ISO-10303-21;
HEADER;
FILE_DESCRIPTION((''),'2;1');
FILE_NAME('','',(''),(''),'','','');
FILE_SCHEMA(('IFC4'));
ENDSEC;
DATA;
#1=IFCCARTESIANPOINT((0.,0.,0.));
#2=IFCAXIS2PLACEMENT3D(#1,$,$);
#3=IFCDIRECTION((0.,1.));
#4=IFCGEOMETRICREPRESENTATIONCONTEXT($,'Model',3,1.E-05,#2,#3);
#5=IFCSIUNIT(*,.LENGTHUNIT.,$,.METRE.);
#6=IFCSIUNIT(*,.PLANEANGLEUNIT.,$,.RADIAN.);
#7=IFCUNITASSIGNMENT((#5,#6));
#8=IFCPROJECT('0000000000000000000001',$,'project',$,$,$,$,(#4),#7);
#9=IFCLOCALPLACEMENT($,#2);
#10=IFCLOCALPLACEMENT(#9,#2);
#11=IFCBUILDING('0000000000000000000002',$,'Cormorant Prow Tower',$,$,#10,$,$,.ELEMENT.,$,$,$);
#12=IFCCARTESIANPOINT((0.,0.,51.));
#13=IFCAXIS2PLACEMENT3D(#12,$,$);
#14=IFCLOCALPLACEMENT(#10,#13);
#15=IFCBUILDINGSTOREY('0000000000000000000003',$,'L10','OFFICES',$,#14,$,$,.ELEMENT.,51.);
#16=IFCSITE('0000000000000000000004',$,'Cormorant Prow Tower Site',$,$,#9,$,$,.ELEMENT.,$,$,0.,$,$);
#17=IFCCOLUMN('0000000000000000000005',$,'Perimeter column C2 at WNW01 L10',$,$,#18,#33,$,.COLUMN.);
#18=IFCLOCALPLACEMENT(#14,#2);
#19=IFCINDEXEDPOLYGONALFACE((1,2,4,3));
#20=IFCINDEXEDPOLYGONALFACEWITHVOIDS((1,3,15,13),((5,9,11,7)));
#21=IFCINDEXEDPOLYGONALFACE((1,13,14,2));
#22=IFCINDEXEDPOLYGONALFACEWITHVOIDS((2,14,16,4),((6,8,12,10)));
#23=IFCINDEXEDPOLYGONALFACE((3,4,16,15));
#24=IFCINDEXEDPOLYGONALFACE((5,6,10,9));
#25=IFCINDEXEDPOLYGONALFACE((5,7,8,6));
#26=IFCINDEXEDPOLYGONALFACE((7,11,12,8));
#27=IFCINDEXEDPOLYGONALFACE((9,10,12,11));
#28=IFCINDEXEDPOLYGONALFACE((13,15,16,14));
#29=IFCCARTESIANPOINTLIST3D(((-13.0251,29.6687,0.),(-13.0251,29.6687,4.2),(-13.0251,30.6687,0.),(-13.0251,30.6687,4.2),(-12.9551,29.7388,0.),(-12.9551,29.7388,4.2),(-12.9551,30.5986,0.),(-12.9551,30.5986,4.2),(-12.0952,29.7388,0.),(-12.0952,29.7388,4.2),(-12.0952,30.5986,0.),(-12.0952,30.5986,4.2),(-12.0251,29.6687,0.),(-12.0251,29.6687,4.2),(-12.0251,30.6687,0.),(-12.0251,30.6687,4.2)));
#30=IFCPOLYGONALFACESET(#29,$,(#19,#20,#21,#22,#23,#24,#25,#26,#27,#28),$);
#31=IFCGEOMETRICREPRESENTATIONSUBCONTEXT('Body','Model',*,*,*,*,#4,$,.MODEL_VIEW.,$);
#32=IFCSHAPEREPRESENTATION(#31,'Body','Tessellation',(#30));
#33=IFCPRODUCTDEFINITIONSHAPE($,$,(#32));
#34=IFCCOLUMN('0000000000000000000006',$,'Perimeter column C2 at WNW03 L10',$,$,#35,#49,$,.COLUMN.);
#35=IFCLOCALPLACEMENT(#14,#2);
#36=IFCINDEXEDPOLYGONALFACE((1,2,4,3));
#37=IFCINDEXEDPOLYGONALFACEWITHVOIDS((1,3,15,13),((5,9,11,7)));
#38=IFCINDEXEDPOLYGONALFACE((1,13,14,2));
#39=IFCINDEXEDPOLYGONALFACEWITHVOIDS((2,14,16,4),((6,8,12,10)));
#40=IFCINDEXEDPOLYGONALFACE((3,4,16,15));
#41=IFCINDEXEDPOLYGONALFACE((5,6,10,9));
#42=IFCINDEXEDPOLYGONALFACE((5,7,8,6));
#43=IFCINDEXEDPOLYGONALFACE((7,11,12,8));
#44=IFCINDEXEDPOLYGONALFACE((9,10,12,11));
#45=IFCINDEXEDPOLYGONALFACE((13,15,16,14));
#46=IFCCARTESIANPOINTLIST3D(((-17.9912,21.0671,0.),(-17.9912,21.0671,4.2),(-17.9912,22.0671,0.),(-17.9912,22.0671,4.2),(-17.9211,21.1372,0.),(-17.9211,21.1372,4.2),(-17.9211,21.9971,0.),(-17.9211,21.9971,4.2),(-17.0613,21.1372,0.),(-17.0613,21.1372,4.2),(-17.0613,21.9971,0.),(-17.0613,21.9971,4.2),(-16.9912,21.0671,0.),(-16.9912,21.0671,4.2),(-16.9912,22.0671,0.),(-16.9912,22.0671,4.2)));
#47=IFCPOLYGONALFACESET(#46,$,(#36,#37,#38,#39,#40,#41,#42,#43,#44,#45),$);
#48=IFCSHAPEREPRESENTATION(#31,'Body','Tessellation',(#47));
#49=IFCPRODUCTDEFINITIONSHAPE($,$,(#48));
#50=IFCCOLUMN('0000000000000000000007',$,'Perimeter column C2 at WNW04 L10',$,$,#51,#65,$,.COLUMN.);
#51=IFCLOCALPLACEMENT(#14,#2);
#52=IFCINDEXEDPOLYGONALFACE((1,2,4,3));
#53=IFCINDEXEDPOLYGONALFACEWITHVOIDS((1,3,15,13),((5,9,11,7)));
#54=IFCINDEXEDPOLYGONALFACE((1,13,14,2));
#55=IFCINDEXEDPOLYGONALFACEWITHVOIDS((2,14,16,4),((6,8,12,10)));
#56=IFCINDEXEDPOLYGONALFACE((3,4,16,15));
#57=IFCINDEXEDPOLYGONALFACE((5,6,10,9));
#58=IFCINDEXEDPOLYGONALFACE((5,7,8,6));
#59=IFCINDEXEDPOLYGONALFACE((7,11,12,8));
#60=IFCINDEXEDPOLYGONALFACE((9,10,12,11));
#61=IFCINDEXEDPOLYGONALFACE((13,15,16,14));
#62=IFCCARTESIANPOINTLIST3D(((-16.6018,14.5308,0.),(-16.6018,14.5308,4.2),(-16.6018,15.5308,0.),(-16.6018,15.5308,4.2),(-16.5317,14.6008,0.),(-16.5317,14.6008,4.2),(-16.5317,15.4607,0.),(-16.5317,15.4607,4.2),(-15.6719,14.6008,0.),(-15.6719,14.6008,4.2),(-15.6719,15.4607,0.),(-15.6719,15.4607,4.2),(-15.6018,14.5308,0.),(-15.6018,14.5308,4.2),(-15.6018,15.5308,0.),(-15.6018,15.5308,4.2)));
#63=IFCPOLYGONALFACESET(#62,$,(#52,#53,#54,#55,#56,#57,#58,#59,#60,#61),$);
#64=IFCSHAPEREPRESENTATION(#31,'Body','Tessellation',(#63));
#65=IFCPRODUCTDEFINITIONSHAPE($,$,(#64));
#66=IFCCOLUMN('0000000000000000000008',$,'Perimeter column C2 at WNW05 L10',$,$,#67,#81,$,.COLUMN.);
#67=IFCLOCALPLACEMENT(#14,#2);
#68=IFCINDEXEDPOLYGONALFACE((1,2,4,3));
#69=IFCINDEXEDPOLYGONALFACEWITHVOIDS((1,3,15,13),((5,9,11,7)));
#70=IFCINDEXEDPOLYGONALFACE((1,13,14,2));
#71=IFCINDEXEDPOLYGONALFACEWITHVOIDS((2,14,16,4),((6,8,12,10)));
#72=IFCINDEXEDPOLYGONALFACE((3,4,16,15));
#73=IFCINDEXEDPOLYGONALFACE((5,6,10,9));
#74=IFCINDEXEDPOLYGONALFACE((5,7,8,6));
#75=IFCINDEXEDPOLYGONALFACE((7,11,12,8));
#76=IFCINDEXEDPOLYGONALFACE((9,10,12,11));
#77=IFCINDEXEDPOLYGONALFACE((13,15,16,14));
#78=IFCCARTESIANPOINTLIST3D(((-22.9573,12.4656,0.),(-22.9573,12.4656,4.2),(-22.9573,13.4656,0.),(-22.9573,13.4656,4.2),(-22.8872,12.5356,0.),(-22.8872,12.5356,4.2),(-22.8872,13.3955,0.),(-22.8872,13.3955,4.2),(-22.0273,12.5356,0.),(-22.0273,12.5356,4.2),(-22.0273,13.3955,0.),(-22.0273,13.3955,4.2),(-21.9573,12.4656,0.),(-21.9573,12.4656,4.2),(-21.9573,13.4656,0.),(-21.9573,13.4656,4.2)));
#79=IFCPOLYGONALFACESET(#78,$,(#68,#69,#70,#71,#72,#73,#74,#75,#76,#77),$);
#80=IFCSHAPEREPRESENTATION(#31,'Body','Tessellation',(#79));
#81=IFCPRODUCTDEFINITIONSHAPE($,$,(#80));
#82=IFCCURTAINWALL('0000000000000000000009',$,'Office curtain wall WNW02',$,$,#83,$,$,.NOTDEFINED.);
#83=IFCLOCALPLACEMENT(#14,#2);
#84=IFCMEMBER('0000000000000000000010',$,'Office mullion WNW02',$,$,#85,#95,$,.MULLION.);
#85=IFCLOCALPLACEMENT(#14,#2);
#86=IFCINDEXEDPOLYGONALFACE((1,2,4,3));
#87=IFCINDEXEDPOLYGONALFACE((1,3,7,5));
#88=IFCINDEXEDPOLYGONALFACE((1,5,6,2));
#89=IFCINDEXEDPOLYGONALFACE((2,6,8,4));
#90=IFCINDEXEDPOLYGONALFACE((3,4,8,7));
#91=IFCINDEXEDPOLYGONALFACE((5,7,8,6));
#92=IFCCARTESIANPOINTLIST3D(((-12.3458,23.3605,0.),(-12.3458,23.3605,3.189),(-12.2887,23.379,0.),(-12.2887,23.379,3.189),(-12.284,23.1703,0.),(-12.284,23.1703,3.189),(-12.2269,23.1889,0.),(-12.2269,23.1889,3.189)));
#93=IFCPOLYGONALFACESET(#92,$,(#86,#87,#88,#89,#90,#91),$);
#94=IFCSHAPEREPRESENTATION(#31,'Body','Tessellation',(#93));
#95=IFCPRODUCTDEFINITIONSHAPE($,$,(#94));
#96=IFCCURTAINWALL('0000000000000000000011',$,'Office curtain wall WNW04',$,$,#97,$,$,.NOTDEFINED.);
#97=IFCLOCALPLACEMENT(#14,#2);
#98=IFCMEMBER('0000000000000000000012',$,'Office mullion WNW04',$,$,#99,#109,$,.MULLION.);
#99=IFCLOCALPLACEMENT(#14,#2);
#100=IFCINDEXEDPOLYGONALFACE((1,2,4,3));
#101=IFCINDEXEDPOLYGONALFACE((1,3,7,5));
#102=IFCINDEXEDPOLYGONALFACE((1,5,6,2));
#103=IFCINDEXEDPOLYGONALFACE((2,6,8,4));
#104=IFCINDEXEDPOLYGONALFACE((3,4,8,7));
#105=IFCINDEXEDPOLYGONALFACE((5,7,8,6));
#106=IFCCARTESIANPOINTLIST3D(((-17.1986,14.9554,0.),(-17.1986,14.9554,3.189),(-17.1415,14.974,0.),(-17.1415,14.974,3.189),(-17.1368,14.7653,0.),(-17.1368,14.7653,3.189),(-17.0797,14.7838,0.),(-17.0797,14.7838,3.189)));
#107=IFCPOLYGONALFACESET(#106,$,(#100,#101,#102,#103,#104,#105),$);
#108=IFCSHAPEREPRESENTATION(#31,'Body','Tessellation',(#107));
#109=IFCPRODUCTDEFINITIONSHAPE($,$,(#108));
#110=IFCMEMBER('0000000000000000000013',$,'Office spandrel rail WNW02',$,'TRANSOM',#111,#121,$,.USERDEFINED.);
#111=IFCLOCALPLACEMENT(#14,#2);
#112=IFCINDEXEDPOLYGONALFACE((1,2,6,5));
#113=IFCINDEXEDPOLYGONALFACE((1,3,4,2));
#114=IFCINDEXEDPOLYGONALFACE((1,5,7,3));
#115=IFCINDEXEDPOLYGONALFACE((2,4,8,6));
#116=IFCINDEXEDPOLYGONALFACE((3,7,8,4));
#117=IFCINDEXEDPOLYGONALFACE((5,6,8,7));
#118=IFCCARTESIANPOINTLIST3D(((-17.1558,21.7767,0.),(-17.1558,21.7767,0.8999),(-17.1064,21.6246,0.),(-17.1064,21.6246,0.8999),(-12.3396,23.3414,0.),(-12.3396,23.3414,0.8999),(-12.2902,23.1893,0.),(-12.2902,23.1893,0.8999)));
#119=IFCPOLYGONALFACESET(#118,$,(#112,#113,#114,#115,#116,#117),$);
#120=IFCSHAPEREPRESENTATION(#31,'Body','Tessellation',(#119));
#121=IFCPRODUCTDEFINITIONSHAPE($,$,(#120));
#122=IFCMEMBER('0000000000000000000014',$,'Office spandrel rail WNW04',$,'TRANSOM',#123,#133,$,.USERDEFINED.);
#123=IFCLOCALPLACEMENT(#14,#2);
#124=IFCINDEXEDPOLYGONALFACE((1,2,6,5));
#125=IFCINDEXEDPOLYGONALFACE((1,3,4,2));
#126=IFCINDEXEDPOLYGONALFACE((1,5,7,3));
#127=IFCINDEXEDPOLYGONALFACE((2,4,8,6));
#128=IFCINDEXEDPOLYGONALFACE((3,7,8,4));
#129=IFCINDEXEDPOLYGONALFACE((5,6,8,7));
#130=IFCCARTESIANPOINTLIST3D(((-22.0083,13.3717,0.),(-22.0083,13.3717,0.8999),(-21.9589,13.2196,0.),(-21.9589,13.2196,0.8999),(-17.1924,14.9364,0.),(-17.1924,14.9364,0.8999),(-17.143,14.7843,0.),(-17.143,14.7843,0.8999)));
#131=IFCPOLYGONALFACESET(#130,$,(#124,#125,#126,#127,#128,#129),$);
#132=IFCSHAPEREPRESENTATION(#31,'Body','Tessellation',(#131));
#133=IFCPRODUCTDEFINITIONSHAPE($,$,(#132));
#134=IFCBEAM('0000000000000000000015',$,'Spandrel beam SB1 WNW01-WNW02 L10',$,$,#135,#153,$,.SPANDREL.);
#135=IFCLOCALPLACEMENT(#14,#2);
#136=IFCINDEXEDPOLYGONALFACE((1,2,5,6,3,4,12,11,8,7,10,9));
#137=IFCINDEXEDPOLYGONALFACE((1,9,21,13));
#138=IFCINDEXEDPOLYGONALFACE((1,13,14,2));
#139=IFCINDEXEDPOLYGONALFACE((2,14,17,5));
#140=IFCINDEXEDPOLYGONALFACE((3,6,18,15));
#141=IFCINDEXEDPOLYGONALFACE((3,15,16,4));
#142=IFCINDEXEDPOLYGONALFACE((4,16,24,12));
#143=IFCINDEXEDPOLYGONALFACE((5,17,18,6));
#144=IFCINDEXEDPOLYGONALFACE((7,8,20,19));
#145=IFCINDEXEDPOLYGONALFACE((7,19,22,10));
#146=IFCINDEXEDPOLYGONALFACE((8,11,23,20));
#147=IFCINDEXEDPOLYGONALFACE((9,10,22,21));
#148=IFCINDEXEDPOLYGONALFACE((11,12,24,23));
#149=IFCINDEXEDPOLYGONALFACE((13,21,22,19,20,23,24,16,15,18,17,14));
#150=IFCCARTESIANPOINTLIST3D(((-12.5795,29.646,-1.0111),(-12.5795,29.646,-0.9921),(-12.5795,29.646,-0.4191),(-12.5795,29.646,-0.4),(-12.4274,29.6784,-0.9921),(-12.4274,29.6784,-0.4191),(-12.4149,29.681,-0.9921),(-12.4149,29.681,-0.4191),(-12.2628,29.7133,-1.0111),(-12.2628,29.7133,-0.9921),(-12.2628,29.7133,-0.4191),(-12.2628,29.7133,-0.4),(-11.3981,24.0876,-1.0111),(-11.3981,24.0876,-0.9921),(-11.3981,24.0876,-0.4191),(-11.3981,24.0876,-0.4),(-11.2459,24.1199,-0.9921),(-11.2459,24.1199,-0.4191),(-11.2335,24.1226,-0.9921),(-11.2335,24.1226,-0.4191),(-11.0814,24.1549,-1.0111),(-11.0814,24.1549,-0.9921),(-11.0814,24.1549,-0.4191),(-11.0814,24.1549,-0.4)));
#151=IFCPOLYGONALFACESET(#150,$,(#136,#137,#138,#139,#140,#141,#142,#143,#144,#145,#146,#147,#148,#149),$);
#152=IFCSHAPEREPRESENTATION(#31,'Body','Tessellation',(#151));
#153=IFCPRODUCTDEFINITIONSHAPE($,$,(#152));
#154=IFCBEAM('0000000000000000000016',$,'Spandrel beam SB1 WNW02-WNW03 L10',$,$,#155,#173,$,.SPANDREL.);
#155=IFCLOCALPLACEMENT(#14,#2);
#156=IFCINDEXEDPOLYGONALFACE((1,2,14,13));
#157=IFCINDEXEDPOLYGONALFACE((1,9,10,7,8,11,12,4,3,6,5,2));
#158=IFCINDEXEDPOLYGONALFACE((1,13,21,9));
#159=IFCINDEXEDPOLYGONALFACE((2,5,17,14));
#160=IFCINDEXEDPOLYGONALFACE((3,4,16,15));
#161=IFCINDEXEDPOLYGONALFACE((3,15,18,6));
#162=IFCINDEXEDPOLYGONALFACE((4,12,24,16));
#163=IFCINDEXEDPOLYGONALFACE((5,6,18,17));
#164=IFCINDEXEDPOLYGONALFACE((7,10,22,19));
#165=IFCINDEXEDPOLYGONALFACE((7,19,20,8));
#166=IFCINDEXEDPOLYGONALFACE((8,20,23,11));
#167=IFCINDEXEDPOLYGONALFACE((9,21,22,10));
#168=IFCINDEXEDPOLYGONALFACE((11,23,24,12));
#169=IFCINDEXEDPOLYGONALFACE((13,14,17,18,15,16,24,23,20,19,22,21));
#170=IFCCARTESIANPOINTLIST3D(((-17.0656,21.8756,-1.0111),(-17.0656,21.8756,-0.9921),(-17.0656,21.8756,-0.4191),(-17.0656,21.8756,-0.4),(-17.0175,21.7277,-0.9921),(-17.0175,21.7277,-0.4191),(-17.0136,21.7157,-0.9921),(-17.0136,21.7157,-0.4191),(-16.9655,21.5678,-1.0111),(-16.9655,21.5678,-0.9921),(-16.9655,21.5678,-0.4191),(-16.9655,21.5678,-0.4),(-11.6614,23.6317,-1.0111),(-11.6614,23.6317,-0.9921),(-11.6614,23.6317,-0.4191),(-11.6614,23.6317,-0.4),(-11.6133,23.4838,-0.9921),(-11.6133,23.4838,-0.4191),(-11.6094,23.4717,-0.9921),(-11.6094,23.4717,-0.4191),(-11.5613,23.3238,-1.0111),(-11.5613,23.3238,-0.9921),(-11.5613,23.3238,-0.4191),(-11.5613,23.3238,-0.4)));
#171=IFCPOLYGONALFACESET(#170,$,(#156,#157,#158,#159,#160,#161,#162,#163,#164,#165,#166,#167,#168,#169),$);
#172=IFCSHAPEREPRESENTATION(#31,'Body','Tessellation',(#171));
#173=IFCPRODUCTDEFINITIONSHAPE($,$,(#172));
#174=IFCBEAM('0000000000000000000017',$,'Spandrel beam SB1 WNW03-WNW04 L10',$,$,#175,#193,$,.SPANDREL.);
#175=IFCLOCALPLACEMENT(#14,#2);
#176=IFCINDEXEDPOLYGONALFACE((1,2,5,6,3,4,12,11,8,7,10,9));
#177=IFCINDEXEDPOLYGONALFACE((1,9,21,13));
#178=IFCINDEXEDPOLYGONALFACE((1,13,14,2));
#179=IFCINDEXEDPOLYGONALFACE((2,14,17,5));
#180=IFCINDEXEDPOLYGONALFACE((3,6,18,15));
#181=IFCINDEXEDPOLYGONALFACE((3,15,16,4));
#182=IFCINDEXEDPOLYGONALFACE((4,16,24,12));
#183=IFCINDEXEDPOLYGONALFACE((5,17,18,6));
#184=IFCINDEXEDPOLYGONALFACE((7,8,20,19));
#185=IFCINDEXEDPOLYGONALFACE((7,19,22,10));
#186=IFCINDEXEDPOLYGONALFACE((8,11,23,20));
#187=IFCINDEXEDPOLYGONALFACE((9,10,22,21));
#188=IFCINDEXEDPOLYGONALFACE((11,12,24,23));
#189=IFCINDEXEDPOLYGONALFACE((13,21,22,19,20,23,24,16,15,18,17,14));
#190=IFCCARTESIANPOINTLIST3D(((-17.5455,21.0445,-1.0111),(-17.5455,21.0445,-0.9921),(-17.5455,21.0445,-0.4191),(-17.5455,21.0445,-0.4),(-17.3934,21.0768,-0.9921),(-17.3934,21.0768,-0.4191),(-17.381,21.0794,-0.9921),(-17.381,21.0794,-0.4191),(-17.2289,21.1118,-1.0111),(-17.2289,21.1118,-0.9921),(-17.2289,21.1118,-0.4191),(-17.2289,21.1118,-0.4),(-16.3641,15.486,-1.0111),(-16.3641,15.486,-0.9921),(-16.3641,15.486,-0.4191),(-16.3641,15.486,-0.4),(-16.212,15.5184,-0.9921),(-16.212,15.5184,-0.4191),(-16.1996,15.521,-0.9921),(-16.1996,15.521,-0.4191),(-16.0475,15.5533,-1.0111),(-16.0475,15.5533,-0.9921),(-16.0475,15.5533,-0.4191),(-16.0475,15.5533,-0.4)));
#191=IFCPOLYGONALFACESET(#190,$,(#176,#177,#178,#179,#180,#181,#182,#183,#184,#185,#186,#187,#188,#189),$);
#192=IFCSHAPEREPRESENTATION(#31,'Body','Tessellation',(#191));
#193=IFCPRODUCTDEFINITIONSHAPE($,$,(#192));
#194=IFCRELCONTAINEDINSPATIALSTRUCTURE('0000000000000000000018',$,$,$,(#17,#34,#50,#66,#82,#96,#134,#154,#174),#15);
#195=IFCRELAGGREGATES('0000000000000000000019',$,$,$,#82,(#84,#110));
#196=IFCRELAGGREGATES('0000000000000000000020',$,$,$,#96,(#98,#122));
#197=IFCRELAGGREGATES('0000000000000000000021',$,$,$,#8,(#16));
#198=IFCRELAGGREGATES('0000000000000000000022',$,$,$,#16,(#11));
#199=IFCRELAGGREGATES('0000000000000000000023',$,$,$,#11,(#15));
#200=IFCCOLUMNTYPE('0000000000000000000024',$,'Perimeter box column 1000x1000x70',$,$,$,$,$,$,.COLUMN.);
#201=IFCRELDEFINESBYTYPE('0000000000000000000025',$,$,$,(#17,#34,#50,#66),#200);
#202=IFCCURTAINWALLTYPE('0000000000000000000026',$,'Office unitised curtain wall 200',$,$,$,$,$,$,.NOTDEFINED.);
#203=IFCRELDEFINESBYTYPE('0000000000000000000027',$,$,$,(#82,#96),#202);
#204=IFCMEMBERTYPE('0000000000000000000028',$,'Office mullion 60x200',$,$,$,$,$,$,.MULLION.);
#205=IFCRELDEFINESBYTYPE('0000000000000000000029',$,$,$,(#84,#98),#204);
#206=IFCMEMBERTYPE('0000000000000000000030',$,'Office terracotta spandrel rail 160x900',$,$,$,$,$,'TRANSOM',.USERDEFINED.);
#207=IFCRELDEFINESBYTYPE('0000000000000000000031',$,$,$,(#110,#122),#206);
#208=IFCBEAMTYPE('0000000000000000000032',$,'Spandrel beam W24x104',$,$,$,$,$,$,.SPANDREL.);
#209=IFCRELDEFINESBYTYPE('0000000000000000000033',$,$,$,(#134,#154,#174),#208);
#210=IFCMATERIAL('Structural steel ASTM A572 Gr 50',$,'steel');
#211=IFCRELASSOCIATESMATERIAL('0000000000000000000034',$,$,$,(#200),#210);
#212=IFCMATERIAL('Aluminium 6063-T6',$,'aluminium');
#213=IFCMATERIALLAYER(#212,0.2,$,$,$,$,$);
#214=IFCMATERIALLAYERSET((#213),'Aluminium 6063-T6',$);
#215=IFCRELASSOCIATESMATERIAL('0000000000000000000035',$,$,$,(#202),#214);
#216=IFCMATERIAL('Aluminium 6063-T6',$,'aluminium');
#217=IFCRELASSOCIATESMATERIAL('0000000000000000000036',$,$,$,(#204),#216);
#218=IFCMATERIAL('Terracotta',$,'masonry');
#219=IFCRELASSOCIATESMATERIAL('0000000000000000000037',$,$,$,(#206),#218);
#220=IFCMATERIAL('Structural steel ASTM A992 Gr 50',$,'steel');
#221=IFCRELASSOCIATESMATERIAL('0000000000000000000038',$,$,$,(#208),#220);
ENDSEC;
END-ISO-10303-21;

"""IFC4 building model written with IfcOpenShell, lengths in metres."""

from ifc_helpers import new_model, si_unit, direction, frame, origin, origin_2d, place, context, subcontext, project, spatial, rectangle, hollow_rectangle, i_section, extrude, material, layer, layer_set, material_profile, profile_set, type_object, element, aggregate, save


model = new_model("IFC4")

# Units and contexts
model_context = context("Model", 3, precision=1e-05, world=origin(), true_north=direction((0.0, 1.0)))
body_context = subcontext(model_context, "Body", "Model", "MODEL_VIEW")
ifc_project = project(units=[si_unit("LENGTHUNIT", "METRE"), si_unit("PLANEANGLEUNIT", "RADIAN")], contexts=[model_context])

# Site, building, storey
site_placement = place(None, origin())
site = spatial("IfcSite", under=ifc_project, at=site_placement, Name="Cormorant Prow Tower Site", CompositionType="ELEMENT", RefElevation=0.0)
building_placement = place(site_placement, origin())
building = spatial("IfcBuilding", under=site, at=building_placement, Name="Cormorant Prow Tower", CompositionType="ELEMENT")
storey_placement = place(building_placement, frame((0.0, 0.0, 51.0)))
storey = spatial("IfcBuildingStorey", under=building, at=storey_placement, Name="L10", Description="OFFICES", CompositionType="ELEMENT", Elevation=51.0)

# Columns
ifc_material_1 = material(Name="Structural steel ASTM A572 Gr 50", Category="steel")
ifc_material_profile_1 = material_profile(ifc_material_1, hollow_rectangle(XDim=1.0, YDim=1.0, WallThickness=0.0701, at=origin_2d()), Name="Box 1000x1000x70")
ifc_profile_set_1 = profile_set([ifc_material_profile_1], Name="Structural steel ASTM A572 Gr 50")
column_type = type_object("IfcColumnType", Name="Perimeter box column 1000x1000x70", PredefinedType="COLUMN", material=ifc_profile_set_1)
for number, where, z_axis, x_axis, name in (
    (1, (-12.5251, 30.1687, 0.0), (0.0, 0.0, 1.0), (1.0, 0.0, 0.0), "Perimeter column C2 at WNW01 L10"),
    (2, (-17.4912, 21.5671, 0.0), (0.0, 0.0, 1.0), (1.0, 0.0, 0.0), "Perimeter column C2 at WNW03 L10"),
    (3, (-16.1018, 15.0308, 0.0), (0.0, 0.0, 1.0), (1.0, 0.0, 0.0), "Perimeter column C2 at WNW04 L10"),
    (4, (-22.4573, 12.9656, 0.0), (0.0, 0.0, 1.0), (1.0, 0.0, 0.0), "Perimeter column C2 at WNW05 L10"),
):
    element("IfcColumn", number, at=place(storey_placement, frame(where, z_axis=z_axis, x_axis=x_axis)), inside=storey, type_object=column_type, Name=name, PredefinedType="COLUMN", context=body_context, shape_type="SweptSolid", body=[
        extrude(hollow_rectangle(XDim=1.0, YDim=1.0, WallThickness=0.0701, at=origin_2d()), origin(), (0.0, 0.0, 1.0), 4.2),
    ])

# Curtain walls, members
ifc_material_2 = material(Name="Aluminium 6063-T6", Category="aluminium")
ifc_layer_1 = layer(ifc_material_2, 0.2)
ifc_layer_set_1 = layer_set([ifc_layer_1], Name="Aluminium 6063-T6")
curtain_wall_type = type_object("IfcCurtainWallType", Name="Office unitised curtain wall 200", PredefinedType="NOTDEFINED", material=ifc_layer_set_1)
curtain_wall_1_placement = place(storey_placement, origin())
curtain_wall_1 = element("IfcCurtainWall", 5, at=curtain_wall_1_placement, inside=storey, type_object=curtain_wall_type, Name="Office curtain wall WNW02", PredefinedType="NOTDEFINED")
ifc_material_3 = material(Name="Aluminium 6063-T6", Category="aluminium")
ifc_material_profile_2 = material_profile(ifc_material_3, rectangle(XDim=0.2, YDim=0.0601, at=origin_2d()), Name="Office mullion 60x200")
ifc_profile_set_2 = profile_set([ifc_material_profile_2], Name="Aluminium 6063-T6")
member_type_1 = type_object("IfcMemberType", Name="Office mullion 60x200", PredefinedType="MULLION", material=ifc_profile_set_2)
member_1_placement = place(storey_placement, frame((-12.2864, 23.2747, 0.0), z_axis=(0.0, 0.0, 1.0), x_axis=(0.309017, -0.951057, 0.0)))
member_1 = element("IfcMember", 6, at=member_1_placement, type_object=member_type_1, Name="Office mullion WNW02", PredefinedType="MULLION", context=body_context, shape_type="SweptSolid", body=[
    extrude(rectangle(XDim=0.2, YDim=0.0601, at=origin_2d()), origin(), (0.0, 0.0, 1.0), 3.189),
])
curtain_wall_2_placement = place(storey_placement, origin())
curtain_wall_2 = element("IfcCurtainWall", 7, at=curtain_wall_2_placement, inside=storey, type_object=curtain_wall_type, Name="Office curtain wall WNW04", PredefinedType="NOTDEFINED")
member_2_placement = place(storey_placement, frame((-17.1392, 14.8696, 0.0), z_axis=(0.0, 0.0, 1.0), x_axis=(0.309017, -0.951057, 0.0)))
member_2 = element("IfcMember", 8, at=member_2_placement, type_object=member_type_1, Name="Office mullion WNW04", PredefinedType="MULLION", context=body_context, shape_type="SweptSolid", body=[
    extrude(rectangle(XDim=0.2, YDim=0.0601, at=origin_2d()), origin(), (0.0, 0.0, 1.0), 3.189),
])

# Members
ifc_material_4 = material(Name="Terracotta", Category="masonry")
ifc_material_profile_3 = material_profile(ifc_material_4, rectangle(XDim=0.1599, YDim=0.8999, at=origin_2d()), Name="Office terracotta spandrel rail 160x900")
ifc_profile_set_3 = profile_set([ifc_material_profile_3], Name="Terracotta")
member_type_2 = type_object("IfcMemberType", Name="Office terracotta spandrel rail 160x900", ElementType="TRANSOM", PredefinedType="USERDEFINED", material=ifc_profile_set_3)
member_3_placement = place(storey_placement, frame((-12.3149, 23.2654, 0.45), z_axis=(-0.951066, -0.308987, 0.0), x_axis=(0.308987, -0.951066, 0.0)))
member_3 = element("IfcMember", 9, at=member_3_placement, type_object=member_type_2, Name="Office spandrel rail WNW02", ObjectType="TRANSOM", PredefinedType="USERDEFINED", context=body_context, shape_type="SweptSolid", body=[
    extrude(rectangle(XDim=0.1599, YDim=0.8999, at=origin_2d()), origin(), (0.0, 0.0, 1.0), 5.064),
])
member_4_placement = place(storey_placement, frame((-17.1677, 14.8604, 0.45), z_axis=(-0.951062, -0.309001, 0.0), x_axis=(0.309001, -0.951062, 0.0)))
member_4 = element("IfcMember", 10, at=member_4_placement, type_object=member_type_2, Name="Office spandrel rail WNW04", ObjectType="TRANSOM", PredefinedType="USERDEFINED", context=body_context, shape_type="SweptSolid", body=[
    extrude(rectangle(XDim=0.1599, YDim=0.8999, at=origin_2d()), origin(), (0.0, 0.0, 1.0), 5.0637),
])

# Beams
ifc_material_5 = material(Name="Structural steel ASTM A992 Gr 50", Category="steel")
ifc_material_profile_4 = material_profile(ifc_material_5, i_section(OverallWidth=0.3237, OverallDepth=0.6111, WebThickness=0.0127, FlangeThickness=0.019, at=origin_2d()), Name="W24x104")
ifc_profile_set_4 = profile_set([ifc_material_profile_4], Name="Structural steel ASTM A992 Gr 50")
beam_type = type_object("IfcBeamType", Name="Spandrel beam W24x104", PredefinedType="SPANDREL", material=ifc_profile_set_4)
beam_1_placement = place(storey_placement, frame((-12.4211, 29.6797, -0.7056), z_axis=(0.2079, -0.97815, 0.0), x_axis=(0.97815, 0.2079, 0.0)))
element("IfcBeam", 11, at=beam_1_placement, inside=storey, type_object=beam_type, Name="Spandrel beam SB1 WNW01-WNW02 L10", PredefinedType="SPANDREL", context=body_context, shape_type="SweptSolid", body=[
    extrude(i_section(OverallWidth=0.3237, OverallDepth=0.6111, WebThickness=0.0127, FlangeThickness=0.019, at=origin_2d()), origin(), (0.0, 0.0, 1.0), 5.6826),
])
beam_2_placement = place(storey_placement, frame((-11.6113, 23.4778, -0.7056), z_axis=(-0.951049, -0.309039, 0.0), x_axis=(0.309039, -0.951049, 0.0)))
element("IfcBeam", 12, at=beam_2_placement, inside=storey, type_object=beam_type, Name="Spandrel beam SB1 WNW02-WNW03 L10", PredefinedType="SPANDREL", context=body_context, shape_type="SweptSolid", body=[
    extrude(i_section(OverallWidth=0.3237, OverallDepth=0.6111, WebThickness=0.0127, FlangeThickness=0.019, at=origin_2d()), origin(), (0.0, 0.0, 1.0), 5.6824),
])
beam_3_placement = place(storey_placement, frame((-17.3872, 21.0781, -0.7056), z_axis=(0.2079, -0.97815, 0.0), x_axis=(0.97815, 0.2079, 0.0)))
element("IfcBeam", 13, at=beam_3_placement, inside=storey, type_object=beam_type, Name="Spandrel beam SB1 WNW03-WNW04 L10", PredefinedType="SPANDREL", context=body_context, shape_type="SweptSolid", body=[
    extrude(i_section(OverallWidth=0.3237, OverallDepth=0.6111, WebThickness=0.0127, FlangeThickness=0.019, at=origin_2d()), origin(), (0.0, 0.0, 1.0), 5.6826),
])

aggregate(curtain_wall_1, [member_1, member_3])
aggregate(curtain_wall_2, [member_2, member_4])

save(model, "model.ifc")
